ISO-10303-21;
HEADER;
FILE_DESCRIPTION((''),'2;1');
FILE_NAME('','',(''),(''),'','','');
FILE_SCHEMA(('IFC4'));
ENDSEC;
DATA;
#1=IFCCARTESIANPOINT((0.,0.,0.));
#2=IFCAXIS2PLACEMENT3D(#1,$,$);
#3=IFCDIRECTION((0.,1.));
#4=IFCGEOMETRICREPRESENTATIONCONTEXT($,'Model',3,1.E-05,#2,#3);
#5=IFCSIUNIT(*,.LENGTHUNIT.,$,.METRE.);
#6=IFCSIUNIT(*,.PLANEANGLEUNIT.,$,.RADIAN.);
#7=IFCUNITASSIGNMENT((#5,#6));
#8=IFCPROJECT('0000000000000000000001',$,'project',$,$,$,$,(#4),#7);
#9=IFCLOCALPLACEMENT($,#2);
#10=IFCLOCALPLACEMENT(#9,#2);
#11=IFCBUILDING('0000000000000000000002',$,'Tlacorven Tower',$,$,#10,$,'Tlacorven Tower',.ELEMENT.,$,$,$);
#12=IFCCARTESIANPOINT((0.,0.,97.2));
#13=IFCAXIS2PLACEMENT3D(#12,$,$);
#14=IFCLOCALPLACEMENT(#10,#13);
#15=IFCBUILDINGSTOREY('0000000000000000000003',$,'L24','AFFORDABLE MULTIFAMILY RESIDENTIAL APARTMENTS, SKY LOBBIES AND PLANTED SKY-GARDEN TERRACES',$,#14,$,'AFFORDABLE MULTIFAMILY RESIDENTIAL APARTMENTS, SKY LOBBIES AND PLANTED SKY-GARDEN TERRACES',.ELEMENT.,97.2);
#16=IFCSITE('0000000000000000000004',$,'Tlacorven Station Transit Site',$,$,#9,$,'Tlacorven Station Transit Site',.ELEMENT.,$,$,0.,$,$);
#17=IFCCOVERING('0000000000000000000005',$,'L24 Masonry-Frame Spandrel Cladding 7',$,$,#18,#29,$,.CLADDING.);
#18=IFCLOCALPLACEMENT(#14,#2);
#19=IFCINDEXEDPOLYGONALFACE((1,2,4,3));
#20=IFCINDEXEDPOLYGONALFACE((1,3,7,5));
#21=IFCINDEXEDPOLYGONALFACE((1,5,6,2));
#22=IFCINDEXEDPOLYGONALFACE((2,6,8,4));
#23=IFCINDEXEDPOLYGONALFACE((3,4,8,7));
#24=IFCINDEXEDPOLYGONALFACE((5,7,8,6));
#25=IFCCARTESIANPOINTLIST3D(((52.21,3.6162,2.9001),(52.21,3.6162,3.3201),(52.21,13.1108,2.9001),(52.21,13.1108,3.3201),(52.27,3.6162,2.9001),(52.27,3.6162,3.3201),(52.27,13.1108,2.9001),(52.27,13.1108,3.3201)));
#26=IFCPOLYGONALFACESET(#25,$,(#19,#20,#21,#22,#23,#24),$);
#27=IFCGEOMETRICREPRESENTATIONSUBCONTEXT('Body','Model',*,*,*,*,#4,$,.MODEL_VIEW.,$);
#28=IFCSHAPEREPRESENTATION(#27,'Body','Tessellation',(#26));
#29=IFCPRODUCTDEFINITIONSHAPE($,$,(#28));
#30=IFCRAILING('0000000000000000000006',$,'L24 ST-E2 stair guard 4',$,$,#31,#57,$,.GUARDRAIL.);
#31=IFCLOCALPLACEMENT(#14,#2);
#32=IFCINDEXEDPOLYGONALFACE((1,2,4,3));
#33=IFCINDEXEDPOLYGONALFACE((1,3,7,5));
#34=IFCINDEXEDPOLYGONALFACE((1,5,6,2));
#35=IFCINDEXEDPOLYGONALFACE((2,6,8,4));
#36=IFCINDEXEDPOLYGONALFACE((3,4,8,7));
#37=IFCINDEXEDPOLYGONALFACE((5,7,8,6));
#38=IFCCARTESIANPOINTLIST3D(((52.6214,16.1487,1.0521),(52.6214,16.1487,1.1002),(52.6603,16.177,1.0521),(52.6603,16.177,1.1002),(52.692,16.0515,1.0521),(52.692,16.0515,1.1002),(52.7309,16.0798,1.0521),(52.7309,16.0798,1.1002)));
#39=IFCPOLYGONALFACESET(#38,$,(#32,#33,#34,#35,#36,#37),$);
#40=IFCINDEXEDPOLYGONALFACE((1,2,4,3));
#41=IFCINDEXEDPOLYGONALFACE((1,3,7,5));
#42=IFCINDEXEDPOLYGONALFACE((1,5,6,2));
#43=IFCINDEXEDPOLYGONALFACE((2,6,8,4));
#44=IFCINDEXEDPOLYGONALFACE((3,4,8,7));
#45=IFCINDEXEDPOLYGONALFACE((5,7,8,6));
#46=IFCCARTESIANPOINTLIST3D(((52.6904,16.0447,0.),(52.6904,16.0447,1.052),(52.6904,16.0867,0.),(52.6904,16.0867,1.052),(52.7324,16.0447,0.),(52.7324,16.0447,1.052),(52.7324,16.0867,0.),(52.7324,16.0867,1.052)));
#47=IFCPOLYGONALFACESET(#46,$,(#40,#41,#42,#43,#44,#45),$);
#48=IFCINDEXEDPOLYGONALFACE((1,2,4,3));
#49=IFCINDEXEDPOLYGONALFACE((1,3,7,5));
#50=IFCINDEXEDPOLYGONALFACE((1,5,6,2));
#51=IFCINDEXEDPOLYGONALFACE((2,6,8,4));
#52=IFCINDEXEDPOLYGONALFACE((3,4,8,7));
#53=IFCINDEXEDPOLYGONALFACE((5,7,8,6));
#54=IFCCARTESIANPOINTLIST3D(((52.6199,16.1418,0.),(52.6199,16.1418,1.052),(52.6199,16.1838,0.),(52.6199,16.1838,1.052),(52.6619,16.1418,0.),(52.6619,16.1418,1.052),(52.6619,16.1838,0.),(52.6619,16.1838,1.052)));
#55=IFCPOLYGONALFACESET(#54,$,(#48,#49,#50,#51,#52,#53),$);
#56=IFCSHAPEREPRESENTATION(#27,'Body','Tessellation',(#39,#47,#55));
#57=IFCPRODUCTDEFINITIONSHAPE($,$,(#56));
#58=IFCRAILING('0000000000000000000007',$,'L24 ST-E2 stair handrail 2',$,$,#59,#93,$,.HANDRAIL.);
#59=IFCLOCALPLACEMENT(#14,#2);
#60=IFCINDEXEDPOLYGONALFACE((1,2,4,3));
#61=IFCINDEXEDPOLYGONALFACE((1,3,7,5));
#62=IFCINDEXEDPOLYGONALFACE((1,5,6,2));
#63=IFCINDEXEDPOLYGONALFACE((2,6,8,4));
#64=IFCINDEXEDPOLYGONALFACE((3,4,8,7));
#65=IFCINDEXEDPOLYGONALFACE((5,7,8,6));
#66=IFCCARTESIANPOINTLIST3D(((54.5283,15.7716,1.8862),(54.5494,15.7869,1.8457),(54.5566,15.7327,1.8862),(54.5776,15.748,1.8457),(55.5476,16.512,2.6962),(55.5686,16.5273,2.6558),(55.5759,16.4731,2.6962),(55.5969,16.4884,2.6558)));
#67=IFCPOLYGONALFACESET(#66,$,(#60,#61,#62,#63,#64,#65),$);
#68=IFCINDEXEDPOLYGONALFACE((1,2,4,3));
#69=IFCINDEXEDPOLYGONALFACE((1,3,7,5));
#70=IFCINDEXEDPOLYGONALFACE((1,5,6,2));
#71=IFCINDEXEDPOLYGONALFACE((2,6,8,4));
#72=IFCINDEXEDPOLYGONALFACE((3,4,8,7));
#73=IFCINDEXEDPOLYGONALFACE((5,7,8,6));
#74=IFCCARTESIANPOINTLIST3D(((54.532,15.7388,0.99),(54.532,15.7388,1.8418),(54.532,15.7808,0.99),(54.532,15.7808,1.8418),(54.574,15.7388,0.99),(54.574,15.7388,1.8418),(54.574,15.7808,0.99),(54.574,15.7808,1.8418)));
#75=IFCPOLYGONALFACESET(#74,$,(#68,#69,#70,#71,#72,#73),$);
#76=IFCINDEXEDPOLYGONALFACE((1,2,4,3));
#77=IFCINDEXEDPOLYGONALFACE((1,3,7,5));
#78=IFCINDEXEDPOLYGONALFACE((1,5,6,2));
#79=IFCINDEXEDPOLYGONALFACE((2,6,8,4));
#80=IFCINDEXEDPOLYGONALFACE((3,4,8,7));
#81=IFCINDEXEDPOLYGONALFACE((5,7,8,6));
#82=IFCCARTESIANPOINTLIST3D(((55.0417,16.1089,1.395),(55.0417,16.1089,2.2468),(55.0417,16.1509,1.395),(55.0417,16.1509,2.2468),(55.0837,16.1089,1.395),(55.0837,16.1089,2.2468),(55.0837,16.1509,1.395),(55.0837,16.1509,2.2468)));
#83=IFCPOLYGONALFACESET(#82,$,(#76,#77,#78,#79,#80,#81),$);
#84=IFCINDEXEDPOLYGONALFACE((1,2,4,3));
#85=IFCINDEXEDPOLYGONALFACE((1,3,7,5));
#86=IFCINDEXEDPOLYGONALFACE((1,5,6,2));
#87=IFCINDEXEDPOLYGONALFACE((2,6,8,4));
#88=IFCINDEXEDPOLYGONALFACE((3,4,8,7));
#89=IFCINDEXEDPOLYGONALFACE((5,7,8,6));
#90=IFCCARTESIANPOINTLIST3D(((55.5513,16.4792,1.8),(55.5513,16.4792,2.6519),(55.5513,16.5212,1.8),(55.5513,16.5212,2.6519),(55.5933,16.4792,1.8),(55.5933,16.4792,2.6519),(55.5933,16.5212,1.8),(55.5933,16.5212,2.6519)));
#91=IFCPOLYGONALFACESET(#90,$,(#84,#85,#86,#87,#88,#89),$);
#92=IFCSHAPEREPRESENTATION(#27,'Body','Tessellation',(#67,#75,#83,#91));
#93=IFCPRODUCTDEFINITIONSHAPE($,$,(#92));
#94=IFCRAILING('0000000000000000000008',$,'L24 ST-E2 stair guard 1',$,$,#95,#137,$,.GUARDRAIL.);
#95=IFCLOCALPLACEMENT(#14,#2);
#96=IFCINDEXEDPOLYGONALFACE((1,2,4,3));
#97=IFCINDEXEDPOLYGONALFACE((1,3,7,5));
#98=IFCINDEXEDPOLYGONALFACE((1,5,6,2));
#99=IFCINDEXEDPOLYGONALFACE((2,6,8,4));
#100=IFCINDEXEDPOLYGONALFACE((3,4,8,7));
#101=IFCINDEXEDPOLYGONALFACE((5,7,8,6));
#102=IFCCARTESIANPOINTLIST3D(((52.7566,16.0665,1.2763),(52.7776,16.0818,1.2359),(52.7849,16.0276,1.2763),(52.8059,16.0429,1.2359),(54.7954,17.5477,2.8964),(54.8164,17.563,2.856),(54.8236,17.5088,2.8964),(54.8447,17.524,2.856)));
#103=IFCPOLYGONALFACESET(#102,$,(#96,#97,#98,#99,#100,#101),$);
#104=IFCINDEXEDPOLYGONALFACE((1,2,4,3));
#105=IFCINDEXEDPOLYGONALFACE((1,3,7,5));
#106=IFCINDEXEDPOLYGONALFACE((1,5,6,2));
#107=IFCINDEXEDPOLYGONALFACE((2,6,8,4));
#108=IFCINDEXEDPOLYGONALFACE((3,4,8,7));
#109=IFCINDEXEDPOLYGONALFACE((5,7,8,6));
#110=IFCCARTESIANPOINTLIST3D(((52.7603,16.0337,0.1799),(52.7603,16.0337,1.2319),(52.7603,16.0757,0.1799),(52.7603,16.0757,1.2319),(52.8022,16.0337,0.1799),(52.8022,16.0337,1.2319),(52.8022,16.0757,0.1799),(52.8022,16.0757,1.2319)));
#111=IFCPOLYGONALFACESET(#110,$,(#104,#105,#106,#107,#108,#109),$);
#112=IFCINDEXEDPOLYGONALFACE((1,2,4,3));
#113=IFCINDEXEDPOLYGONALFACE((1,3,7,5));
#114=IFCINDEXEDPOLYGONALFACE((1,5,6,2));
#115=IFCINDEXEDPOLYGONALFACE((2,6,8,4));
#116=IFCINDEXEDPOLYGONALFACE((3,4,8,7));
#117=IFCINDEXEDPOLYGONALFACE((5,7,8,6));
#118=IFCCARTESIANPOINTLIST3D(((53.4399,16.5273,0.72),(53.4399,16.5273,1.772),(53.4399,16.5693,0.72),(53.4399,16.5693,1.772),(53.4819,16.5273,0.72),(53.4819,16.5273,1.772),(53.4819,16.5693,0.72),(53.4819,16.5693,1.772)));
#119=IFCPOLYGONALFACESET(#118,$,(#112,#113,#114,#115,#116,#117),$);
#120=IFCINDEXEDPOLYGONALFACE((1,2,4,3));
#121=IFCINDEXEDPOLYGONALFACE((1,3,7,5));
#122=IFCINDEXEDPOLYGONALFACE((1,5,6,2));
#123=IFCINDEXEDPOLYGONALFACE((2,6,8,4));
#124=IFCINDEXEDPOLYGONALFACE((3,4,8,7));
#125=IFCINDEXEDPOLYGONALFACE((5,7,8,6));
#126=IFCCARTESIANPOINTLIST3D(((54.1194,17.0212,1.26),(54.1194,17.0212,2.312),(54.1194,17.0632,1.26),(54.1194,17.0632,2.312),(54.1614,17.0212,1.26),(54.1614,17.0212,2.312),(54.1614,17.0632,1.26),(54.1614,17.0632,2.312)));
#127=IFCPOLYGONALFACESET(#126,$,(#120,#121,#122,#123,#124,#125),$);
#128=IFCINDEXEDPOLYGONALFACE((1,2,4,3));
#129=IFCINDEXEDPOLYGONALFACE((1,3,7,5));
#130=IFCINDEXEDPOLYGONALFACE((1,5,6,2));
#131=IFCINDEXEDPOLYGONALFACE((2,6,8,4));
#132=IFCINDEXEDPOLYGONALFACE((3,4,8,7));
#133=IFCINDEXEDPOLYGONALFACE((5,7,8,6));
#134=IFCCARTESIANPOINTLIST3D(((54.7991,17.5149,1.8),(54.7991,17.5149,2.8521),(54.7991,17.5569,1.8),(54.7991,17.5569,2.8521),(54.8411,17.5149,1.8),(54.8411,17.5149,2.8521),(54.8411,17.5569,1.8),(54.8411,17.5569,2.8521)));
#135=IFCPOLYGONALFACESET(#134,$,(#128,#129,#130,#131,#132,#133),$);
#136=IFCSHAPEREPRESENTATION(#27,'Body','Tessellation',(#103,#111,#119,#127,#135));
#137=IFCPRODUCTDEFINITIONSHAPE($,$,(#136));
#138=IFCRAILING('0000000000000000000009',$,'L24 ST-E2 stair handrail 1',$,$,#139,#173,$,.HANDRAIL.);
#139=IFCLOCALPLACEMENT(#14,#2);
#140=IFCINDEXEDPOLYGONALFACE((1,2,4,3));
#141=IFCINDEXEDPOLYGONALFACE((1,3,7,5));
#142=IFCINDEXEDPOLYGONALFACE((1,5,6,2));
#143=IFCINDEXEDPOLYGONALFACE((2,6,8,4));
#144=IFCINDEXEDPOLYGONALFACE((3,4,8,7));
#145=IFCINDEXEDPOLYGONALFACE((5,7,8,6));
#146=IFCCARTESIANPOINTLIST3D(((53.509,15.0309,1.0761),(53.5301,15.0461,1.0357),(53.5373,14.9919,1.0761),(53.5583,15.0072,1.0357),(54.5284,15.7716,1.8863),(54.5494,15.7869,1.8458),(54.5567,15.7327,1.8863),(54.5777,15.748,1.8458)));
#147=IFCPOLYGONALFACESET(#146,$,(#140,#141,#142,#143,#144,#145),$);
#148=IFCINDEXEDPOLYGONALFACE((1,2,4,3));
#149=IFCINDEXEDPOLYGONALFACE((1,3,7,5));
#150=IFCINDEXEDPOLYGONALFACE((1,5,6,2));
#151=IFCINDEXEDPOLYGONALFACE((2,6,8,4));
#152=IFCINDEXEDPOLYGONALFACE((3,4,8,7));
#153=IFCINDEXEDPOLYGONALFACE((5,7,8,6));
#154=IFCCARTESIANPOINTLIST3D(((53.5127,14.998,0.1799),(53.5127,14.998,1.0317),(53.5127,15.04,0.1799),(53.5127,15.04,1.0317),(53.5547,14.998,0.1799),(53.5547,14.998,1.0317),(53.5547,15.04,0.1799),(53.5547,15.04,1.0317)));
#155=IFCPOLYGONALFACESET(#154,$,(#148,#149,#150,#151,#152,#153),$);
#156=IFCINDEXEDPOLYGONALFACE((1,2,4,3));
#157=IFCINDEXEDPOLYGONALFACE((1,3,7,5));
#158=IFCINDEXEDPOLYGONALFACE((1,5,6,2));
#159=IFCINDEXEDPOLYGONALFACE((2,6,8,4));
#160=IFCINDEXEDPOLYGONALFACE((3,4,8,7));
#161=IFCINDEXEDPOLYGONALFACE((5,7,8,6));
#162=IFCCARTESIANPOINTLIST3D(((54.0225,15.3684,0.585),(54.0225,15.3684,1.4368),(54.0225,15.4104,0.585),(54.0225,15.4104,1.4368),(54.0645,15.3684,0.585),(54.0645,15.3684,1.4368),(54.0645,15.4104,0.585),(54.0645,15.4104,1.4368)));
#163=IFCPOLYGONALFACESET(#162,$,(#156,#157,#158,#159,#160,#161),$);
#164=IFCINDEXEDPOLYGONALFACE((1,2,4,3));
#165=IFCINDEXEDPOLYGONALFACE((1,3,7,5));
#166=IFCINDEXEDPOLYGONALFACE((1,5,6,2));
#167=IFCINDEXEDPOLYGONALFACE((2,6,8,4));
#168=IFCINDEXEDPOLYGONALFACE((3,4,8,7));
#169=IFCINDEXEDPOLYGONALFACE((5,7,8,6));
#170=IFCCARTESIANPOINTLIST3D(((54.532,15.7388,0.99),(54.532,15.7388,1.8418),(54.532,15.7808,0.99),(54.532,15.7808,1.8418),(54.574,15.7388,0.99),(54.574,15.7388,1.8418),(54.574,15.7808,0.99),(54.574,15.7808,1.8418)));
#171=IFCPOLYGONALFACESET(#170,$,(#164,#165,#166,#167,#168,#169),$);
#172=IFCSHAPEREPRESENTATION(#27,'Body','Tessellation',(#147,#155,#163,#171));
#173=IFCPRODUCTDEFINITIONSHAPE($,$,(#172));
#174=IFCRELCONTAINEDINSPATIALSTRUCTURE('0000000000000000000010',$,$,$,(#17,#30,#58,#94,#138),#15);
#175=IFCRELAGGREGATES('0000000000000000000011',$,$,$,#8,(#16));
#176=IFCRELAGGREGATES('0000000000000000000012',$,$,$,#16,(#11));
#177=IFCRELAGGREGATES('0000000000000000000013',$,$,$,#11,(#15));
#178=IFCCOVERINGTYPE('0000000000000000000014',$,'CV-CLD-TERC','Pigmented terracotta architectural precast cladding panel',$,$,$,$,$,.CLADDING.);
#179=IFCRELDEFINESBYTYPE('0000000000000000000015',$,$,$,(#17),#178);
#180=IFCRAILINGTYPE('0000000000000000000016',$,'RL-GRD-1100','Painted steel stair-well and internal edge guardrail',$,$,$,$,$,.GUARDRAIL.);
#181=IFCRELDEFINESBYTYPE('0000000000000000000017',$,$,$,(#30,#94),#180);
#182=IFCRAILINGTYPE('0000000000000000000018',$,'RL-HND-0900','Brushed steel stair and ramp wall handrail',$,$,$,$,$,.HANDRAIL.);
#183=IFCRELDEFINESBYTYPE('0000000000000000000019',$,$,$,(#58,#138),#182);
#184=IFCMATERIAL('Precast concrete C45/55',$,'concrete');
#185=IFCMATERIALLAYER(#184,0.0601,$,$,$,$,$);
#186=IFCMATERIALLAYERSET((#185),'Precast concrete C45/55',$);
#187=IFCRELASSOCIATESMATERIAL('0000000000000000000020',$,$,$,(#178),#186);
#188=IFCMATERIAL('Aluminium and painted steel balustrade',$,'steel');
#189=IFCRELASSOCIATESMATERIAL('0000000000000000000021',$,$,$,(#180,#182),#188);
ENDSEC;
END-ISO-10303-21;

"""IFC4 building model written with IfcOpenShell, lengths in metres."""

from ifc_helpers import new_model, si_unit, direction, frame, origin, origin_2d, place, context, subcontext, project, spatial, rectangle, extrude, source, transform, mapped, material, layer, layer_set, type_object, element, save


model = new_model("IFC4")

# Units and contexts
model_context = context("Model", 3, precision=1e-05, world=origin(), true_north=direction((0.0, 1.0)))
body_context = subcontext(model_context, "Body", "Model", "MODEL_VIEW")
ifc_project = project(units=[si_unit("LENGTHUNIT", "METRE"), si_unit("PLANEANGLEUNIT", "RADIAN")], contexts=[model_context])

# Site, building, storey
site_placement = place(None, origin())
site = spatial("IfcSite", under=ifc_project, at=site_placement, Name="Tlacorven Station Transit Site", LongName="Tlacorven Station Transit Site", CompositionType="ELEMENT", RefElevation=0.0)
building_placement = place(site_placement, origin())
building = spatial("IfcBuilding", under=site, at=building_placement, Name="Tlacorven Tower", LongName="Tlacorven Tower", CompositionType="ELEMENT")
storey_placement = place(building_placement, frame((0.0, 0.0, 97.2)))
storey = spatial("IfcBuildingStorey", under=building, at=storey_placement, Name="L24", Description="AFFORDABLE MULTIFAMILY RESIDENTIAL APARTMENTS, SKY LOBBIES AND PLANTED SKY-GARDEN TERRACES", LongName="AFFORDABLE MULTIFAMILY RESIDENTIAL APARTMENTS, SKY LOBBIES AND PLANTED SKY-GARDEN TERRACES", CompositionType="ELEMENT", Elevation=97.2)

# Shared definitions
ifc_material_1 = material(Name="Precast concrete C45/55", Category="concrete")

# Covering
ifc_layer_1 = layer(ifc_material_1, 0.0601)
ifc_layer_set_1 = layer_set([ifc_layer_1], Name="Precast concrete C45/55")
covering_type = type_object("IfcCoveringType", Name="CV-CLD-TERC", Description="Pigmented terracotta architectural precast cladding panel", PredefinedType="CLADDING", material=ifc_layer_set_1)
shared_shape_1 = source(origin(), body_context, "Body", "SweptSolid", [
    extrude(rectangle(XDim=9.4946, YDim=0.0601, at=origin_2d()), origin(), (0.0, 0.0, 1.0), 0.4199),
])
covering_placement = place(storey_placement, frame((52.24, 8.3635, 2.9001), z_axis=(0.0, 0.0, 1.0), x_axis=(0.0, -1.0, 0.0)))
element("IfcCovering", 1, at=covering_placement, inside=storey, type_object=covering_type, Name="L24 Masonry-Frame Spandrel Cladding 7", PredefinedType="CLADDING", context=body_context, shape_type="MappedRepresentation", body=[
    mapped(shared_shape_1, transform((0.0, 0.0, 0.0), scale=1.0)),
])

# Railings
ifc_material_2 = material(Name="Aluminium and painted steel balustrade", Category="steel")
railing_type_1 = type_object("IfcRailingType", Name="RL-GRD-1100", Description="Painted steel stair-well and internal edge guardrail", PredefinedType="GUARDRAIL", material=ifc_material_2)
shared_shape_2 = source(origin(), body_context, "Body", "SweptSolid", [
    extrude(rectangle(XDim=0.0481, YDim=0.0481, at=origin_2d()), frame((0.0, 0.0, 1.0762), z_axis=(-0.587567, 0.809175, 0.0), x_axis=(-0.809175, -0.587567, 0.0)), (0.0, 0.0, 1.0), 0.1201),
    extrude(rectangle(XDim=0.042, YDim=0.042, at=origin_2d()), origin(), (0.0, 0.0, 1.0), 1.052),
    extrude(rectangle(XDim=0.042, YDim=0.042, at=origin_2d()), frame((-0.0706, 0.0972, 0.0)), (0.0, 0.0, 1.0), 1.052),
])
railing_1_placement = place(storey_placement, frame((52.7114, 16.0657, 0.0)))
element("IfcRailing", 2, at=railing_1_placement, inside=storey, type_object=railing_type_1, Name="L24 ST-E2 stair guard 4", PredefinedType="GUARDRAIL", context=body_context, shape_type="MappedRepresentation", body=[
    mapped(shared_shape_2, transform((0.0, 0.0, 0.0), scale=1.0)),
])
railing_type_2 = type_object("IfcRailingType", Name="RL-HND-0900", Description="Brushed steel stair and ramp wall handrail", PredefinedType="HANDRAIL", material=ifc_material_2)
shared_shape_3 = source(origin(), body_context, "Body", "SweptSolid", [
    extrude(rectangle(XDim=0.0481, YDim=0.0481, at=origin_2d()), frame((0.0, 0.0, 0.876), z_axis=(0.680516, 0.494373, 0.540827), x_axis=(-0.587745, 0.809046, 0.0)), (0.0, 0.0, 1.0), 1.4978),
    extrude(rectangle(XDim=0.042, YDim=0.042, at=origin_2d()), origin(), (0.0, 0.0, 1.0), 0.8518),
    extrude(rectangle(XDim=0.042, YDim=0.042, at=origin_2d()), frame((0.5098, 0.3701, 0.405)), (0.0, 0.0, 1.0), 0.8518),
    extrude(rectangle(XDim=0.042, YDim=0.042, at=origin_2d()), frame((1.0193, 0.7405, 0.8101)), (0.0, 0.0, 1.0), 0.8518),
])
railing_2_placement = place(storey_placement, frame((54.553, 15.7598, 0.99)))
element("IfcRailing", 3, at=railing_2_placement, inside=storey, type_object=railing_type_2, Name="L24 ST-E2 stair handrail 2", PredefinedType="HANDRAIL", context=body_context, shape_type="MappedRepresentation", body=[
    mapped(shared_shape_3, transform((0.0, 0.0, 0.0), scale=1.0)),
])
shared_shape_4 = source(origin(), body_context, "Body", "SweptSolid", [
    extrude(rectangle(XDim=0.0481, YDim=0.0481, at=origin_2d()), frame((0.0, 0.0, 1.0762), z_axis=(0.680532, 0.494407, 0.540775), x_axis=(-0.587763, 0.809033, 0.0)), (0.0, 0.0, 1.0), 2.9958),
    extrude(rectangle(XDim=0.042, YDim=0.042, at=origin_2d()), origin(), (0.0, 0.0, 1.0), 1.052),
    extrude(rectangle(XDim=0.042, YDim=0.042, at=origin_2d()), frame((0.6797, 0.4937, 0.54)), (0.0, 0.0, 1.0), 1.052),
    extrude(rectangle(XDim=0.042, YDim=0.042, at=origin_2d()), frame((1.3591, 0.9875, 1.0801)), (0.0, 0.0, 1.0), 1.052),
    extrude(rectangle(XDim=0.042, YDim=0.042, at=origin_2d()), frame((2.0388, 1.4812, 1.6201)), (0.0, 0.0, 1.0), 1.052),
])
railing_3_placement = place(storey_placement, frame((52.7812, 16.0547, 0.1799)))
element("IfcRailing", 4, at=railing_3_placement, inside=storey, type_object=railing_type_1, Name="L24 ST-E2 stair guard 1", PredefinedType="GUARDRAIL", context=body_context, shape_type="MappedRepresentation", body=[
    mapped(shared_shape_4, transform((0.0, 0.0, 0.0), scale=1.0)),
])
shared_shape_5 = source(origin(), body_context, "Body", "SweptSolid", [
    extrude(rectangle(XDim=0.0481, YDim=0.0481, at=origin_2d()), frame((0.0, 0.0, 0.876), z_axis=(0.680461, 0.494496, 0.540783), x_axis=(-0.587872, 0.808954, 0.0)), (0.0, 0.0, 1.0), 1.498),
    extrude(rectangle(XDim=0.042, YDim=0.042, at=origin_2d()), origin(), (0.0, 0.0, 1.0), 0.8518),
    extrude(rectangle(XDim=0.042, YDim=0.042, at=origin_2d()), frame((0.5098, 0.3704, 0.405)), (0.0, 0.0, 1.0), 0.8518),
    extrude(rectangle(XDim=0.042, YDim=0.042, at=origin_2d()), frame((1.0193, 0.7407, 0.8101)), (0.0, 0.0, 1.0), 0.8518),
])
railing_4_placement = place(storey_placement, frame((53.5337, 15.019, 0.1799)))
element("IfcRailing", 5, at=railing_4_placement, inside=storey, type_object=railing_type_2, Name="L24 ST-E2 stair handrail 1", PredefinedType="HANDRAIL", context=body_context, shape_type="MappedRepresentation", body=[
    mapped(shared_shape_5, transform((0.0, 0.0, 0.0), scale=1.0)),
])

save(model, "model.ifc")
